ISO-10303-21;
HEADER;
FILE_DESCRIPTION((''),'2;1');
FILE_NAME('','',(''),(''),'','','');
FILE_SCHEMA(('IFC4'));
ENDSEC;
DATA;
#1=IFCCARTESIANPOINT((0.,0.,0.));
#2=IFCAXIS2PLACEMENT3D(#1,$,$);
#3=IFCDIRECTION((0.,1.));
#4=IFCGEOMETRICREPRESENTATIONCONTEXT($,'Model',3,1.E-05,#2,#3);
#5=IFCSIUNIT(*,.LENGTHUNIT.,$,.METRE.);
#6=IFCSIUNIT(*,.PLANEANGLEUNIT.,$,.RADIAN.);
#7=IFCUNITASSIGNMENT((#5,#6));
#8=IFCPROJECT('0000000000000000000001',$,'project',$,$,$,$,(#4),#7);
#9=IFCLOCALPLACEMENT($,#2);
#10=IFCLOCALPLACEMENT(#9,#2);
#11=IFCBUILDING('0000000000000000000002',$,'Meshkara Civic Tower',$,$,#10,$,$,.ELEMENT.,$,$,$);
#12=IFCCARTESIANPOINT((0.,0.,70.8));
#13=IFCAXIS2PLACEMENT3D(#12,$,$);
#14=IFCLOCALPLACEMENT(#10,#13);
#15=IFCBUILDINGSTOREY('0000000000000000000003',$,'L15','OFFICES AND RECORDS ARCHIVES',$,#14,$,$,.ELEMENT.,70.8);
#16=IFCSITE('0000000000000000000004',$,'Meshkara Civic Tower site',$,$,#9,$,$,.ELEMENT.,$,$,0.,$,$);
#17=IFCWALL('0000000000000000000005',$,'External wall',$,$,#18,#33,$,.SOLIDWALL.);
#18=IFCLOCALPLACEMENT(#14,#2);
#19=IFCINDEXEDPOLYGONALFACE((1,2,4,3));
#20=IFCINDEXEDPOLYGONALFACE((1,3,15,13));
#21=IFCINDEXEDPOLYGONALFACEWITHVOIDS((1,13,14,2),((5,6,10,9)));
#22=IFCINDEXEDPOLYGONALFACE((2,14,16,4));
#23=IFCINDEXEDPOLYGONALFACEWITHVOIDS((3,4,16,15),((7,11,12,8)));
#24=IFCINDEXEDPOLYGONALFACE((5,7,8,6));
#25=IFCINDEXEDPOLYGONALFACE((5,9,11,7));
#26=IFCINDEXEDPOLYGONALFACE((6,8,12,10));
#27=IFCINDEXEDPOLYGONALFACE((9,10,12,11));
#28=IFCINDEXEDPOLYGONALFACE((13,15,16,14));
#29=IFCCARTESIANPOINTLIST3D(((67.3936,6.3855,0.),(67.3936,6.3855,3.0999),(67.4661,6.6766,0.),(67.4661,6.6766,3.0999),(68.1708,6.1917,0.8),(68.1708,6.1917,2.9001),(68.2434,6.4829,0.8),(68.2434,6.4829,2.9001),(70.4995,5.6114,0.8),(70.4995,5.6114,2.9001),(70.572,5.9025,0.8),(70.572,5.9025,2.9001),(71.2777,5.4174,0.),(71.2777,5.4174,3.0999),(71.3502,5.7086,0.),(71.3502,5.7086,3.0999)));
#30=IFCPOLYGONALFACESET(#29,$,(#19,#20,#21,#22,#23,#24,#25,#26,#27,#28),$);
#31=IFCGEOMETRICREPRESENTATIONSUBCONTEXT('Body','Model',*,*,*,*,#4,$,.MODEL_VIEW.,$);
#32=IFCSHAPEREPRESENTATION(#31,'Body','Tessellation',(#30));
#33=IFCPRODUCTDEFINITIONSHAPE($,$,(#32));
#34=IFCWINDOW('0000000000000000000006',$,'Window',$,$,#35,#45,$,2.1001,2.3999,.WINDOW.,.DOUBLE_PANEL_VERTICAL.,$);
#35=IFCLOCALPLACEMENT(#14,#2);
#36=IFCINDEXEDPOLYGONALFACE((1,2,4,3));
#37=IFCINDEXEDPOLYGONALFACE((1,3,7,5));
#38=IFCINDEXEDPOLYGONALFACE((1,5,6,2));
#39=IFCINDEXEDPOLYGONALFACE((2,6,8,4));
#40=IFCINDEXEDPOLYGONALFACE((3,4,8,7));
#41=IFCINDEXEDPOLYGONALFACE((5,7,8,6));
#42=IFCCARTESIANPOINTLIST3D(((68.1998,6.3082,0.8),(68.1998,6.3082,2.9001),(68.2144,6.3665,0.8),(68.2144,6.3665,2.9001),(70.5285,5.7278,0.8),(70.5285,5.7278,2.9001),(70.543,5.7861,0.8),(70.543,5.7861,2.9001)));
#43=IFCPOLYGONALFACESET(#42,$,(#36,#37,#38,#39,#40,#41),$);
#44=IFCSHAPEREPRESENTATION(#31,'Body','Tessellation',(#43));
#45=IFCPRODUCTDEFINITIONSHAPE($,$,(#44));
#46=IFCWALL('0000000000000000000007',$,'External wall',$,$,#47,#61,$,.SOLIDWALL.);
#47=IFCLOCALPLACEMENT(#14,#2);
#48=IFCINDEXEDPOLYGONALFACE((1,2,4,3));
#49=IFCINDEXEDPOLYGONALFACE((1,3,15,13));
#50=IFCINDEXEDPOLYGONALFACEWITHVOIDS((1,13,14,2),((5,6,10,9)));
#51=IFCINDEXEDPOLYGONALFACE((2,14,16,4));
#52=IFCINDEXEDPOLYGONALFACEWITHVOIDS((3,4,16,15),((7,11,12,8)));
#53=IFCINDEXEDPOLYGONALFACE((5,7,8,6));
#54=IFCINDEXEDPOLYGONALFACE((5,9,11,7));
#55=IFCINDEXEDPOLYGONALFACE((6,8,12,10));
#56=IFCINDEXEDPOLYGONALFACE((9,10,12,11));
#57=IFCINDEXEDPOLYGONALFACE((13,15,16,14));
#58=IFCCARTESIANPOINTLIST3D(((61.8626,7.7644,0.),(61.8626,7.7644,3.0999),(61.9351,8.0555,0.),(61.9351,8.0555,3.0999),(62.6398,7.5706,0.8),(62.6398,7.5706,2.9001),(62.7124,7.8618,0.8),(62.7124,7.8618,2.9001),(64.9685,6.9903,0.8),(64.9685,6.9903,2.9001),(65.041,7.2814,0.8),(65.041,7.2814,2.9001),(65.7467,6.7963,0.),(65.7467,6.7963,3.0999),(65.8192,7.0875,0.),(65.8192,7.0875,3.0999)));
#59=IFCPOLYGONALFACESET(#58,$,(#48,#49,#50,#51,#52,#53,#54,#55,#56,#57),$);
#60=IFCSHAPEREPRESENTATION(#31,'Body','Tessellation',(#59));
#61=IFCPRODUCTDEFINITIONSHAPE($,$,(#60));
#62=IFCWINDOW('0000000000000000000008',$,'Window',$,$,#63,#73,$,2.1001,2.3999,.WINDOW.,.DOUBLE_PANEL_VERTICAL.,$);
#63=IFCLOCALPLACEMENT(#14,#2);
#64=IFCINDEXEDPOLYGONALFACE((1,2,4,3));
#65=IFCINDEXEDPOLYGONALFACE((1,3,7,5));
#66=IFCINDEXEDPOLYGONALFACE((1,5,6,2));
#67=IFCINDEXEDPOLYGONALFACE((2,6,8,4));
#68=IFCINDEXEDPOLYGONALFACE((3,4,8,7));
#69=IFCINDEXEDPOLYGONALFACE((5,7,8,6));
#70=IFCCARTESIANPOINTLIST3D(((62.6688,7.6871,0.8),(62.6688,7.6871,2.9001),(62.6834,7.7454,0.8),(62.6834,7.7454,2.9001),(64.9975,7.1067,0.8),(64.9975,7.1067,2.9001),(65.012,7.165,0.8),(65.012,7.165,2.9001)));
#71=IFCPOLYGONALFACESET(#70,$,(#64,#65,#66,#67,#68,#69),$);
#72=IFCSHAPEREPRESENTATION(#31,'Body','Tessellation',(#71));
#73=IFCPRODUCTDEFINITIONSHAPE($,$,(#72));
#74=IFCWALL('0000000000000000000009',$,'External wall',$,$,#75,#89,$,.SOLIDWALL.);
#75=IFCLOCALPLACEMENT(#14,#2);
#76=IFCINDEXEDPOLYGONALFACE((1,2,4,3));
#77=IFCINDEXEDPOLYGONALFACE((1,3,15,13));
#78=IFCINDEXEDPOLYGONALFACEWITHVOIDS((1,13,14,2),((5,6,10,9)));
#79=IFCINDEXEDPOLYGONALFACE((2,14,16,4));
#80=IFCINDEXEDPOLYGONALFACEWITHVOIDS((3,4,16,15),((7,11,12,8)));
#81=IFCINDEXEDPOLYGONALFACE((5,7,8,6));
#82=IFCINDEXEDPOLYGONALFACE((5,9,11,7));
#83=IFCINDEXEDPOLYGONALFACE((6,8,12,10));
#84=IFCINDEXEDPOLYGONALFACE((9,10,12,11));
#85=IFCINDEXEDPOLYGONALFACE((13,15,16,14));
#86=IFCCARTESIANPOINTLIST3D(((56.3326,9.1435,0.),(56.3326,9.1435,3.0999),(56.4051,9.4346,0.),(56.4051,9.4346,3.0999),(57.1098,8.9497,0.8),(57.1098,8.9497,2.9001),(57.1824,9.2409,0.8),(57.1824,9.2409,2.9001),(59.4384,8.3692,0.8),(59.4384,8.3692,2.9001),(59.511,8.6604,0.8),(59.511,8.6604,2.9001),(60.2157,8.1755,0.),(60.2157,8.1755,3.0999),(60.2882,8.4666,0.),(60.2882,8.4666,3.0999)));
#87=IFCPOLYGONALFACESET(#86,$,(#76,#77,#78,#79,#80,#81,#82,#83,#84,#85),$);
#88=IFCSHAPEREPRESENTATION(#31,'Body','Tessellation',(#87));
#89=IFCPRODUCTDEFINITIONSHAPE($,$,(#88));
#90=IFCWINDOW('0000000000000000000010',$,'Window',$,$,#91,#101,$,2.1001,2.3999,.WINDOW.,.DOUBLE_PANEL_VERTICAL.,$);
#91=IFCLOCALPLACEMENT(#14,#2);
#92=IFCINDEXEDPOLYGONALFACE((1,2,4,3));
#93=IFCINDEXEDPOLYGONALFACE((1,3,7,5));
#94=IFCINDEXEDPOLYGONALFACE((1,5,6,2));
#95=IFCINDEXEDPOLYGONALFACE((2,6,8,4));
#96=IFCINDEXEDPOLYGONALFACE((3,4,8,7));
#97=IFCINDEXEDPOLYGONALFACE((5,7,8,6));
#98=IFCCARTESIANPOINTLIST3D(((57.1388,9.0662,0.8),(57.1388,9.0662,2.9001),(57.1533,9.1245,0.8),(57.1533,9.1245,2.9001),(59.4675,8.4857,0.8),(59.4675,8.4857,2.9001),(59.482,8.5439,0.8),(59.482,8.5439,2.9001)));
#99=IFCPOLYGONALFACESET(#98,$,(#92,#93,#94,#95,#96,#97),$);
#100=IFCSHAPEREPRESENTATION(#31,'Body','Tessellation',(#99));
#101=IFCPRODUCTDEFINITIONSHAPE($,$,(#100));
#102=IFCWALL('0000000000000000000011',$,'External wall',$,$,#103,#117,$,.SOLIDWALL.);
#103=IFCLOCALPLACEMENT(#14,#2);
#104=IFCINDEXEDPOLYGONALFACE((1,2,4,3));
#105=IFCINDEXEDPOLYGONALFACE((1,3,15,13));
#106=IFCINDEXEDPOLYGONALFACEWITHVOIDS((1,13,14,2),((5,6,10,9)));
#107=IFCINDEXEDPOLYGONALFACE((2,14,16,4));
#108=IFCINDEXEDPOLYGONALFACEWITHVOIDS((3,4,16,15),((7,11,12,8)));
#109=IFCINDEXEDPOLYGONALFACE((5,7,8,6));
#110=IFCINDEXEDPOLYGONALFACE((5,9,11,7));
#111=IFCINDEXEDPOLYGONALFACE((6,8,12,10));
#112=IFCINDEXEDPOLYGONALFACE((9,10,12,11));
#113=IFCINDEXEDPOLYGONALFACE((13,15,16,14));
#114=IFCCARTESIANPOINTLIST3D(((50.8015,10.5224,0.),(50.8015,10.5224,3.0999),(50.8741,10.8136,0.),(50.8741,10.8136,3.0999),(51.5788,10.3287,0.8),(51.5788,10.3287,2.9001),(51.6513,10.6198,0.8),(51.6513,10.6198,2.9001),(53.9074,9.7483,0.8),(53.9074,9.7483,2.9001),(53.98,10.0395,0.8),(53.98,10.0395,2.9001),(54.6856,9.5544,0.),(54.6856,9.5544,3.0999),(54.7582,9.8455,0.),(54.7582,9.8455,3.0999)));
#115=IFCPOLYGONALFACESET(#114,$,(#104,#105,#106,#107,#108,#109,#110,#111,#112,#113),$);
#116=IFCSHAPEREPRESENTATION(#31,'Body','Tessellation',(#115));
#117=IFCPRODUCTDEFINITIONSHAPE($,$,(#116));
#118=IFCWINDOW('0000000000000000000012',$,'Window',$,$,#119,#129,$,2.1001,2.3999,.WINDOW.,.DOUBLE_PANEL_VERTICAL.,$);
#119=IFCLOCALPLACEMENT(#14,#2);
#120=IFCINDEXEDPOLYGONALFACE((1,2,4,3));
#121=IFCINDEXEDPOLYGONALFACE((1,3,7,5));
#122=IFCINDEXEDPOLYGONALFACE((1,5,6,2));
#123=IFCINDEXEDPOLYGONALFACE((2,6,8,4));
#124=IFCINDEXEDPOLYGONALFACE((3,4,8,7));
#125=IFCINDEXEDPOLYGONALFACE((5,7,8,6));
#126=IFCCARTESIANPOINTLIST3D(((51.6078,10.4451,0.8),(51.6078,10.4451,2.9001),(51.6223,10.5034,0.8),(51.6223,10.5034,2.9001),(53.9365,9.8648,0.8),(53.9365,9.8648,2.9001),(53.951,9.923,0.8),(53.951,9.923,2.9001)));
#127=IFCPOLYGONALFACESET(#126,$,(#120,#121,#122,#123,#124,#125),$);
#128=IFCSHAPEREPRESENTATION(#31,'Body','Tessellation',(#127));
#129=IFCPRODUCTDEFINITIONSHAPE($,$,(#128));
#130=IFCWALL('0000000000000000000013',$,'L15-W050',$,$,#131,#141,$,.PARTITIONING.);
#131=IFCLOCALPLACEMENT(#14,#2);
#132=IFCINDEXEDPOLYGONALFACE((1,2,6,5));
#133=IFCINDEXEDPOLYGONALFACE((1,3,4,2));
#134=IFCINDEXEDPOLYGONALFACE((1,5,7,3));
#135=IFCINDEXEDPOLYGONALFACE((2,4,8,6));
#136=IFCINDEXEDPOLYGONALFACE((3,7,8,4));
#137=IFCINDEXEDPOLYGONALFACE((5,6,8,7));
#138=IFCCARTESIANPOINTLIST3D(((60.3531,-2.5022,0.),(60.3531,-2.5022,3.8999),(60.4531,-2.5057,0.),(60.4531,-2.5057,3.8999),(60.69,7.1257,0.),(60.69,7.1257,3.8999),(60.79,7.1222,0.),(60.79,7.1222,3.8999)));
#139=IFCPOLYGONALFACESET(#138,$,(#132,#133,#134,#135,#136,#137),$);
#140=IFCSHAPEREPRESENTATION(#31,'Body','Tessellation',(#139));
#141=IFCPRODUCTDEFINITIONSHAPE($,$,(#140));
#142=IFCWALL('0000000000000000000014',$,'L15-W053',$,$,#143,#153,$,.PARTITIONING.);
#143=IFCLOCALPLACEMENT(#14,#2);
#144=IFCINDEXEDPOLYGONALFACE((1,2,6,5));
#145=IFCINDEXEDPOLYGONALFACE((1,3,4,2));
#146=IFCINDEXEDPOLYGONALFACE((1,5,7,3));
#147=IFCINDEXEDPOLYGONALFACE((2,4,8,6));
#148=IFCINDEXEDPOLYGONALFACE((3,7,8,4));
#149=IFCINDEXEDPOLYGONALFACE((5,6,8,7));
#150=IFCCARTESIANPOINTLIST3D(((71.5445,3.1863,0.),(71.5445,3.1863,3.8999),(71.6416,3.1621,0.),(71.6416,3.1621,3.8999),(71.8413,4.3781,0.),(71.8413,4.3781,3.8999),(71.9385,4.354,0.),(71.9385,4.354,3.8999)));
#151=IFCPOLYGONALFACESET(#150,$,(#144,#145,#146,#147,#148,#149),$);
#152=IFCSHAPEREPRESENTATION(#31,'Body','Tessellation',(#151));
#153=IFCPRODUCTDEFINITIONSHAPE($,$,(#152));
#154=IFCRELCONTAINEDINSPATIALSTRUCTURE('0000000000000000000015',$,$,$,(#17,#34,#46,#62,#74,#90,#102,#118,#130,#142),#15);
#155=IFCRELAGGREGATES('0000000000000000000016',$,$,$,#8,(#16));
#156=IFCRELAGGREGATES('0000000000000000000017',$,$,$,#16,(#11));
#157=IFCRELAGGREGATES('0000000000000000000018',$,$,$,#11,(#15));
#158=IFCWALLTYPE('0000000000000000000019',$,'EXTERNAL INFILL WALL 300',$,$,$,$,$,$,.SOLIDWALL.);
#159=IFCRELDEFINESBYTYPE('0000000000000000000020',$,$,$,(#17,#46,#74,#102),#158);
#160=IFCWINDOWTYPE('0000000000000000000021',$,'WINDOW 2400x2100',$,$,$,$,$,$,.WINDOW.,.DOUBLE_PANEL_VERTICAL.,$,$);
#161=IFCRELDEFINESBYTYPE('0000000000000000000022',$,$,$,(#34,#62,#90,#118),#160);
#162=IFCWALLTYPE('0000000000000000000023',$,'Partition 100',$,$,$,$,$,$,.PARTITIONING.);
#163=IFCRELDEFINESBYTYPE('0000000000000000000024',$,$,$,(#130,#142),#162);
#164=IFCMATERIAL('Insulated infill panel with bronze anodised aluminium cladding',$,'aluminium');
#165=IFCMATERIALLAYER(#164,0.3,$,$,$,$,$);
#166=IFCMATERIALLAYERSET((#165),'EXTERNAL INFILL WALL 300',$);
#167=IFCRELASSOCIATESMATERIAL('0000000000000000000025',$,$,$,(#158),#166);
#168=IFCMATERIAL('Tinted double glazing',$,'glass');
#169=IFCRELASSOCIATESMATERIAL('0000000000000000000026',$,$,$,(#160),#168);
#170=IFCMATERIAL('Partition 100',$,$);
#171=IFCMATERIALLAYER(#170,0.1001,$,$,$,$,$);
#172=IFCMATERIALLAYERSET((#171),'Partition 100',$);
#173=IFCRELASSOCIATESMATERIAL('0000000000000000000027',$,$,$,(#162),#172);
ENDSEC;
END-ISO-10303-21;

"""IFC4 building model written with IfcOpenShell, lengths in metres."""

from ifc_helpers import new_model, si_unit, direction, frame, frame_2d, origin, place, context, subcontext, project, spatial, rectangle, extrude, material, layer, layer_set, type_object, element, fill, save


model = new_model("IFC4")

# Units and contexts
model_context = context("Model", 3, precision=1e-05, world=origin(), true_north=direction((0.0, 1.0)))
body_context = subcontext(model_context, "Body", "Model", "MODEL_VIEW")
ifc_project = project(units=[si_unit("LENGTHUNIT", "METRE"), si_unit("PLANEANGLEUNIT", "RADIAN")], contexts=[model_context])

# Site, building, storey
site_placement = place(None, origin())
site = spatial("IfcSite", under=ifc_project, at=site_placement, Name="Meshkara Civic Tower site", CompositionType="ELEMENT", RefElevation=0.0)
building_placement = place(site_placement, origin())
building = spatial("IfcBuilding", under=site, at=building_placement, Name="Meshkara Civic Tower", CompositionType="ELEMENT")
storey_placement = place(building_placement, frame((0.0, 0.0, 70.8)))
storey = spatial("IfcBuildingStorey", under=building, at=storey_placement, Name="L15", Description="OFFICES AND RECORDS ARCHIVES", CompositionType="ELEMENT", Elevation=70.8)

# Walls, openings, windows
ifc_material_1 = material(Name="Insulated infill panel with bronze anodised aluminium cladding", Category="aluminium")
ifc_layer_1 = layer(ifc_material_1, 0.3)
ifc_layer_set_1 = layer_set([ifc_layer_1], Name="EXTERNAL INFILL WALL 300")
wall_type_1 = type_object("IfcWallType", Name="EXTERNAL INFILL WALL 300", PredefinedType="SOLIDWALL", material=ifc_layer_set_1)
wall_1_placement = place(storey_placement, frame((71.314, 5.563, 0.0), z_axis=(0.0, 0.0, 1.0), x_axis=(-0.970318, 0.241832, 0.0)))
wall_1 = element("IfcWall", 1, at=wall_1_placement, inside=storey, type_object=wall_type_1, Name="External wall", PredefinedType="SOLIDWALL", context=body_context, shape_type="SweptSolid", body=[
    extrude(rectangle(XDim=4.0029, YDim=0.3, at=frame_2d((2.0015, 0.0))), origin(), (0.0, 0.0, 1.0), 3.0999),
])
opening_1_placement = place(wall_1_placement, frame((0.802, 0.0, 0.8)))
opening_1 = element("IfcOpeningElement", 2, at=opening_1_placement, cuts=wall_1, PredefinedType="OPENING", context=body_context, shape_type="SweptSolid", body=[
    extrude(rectangle(XDim=2.3999, YDim=2.1001, at=frame_2d((1.2, 1.05))), frame((0.0, 0.1599, 0.0), z_axis=(0.0, -1.0, 0.0), x_axis=(1.0, 0.0, 0.0)), (0.0, 0.0, 1.0), 0.3201),
])
ifc_material_2 = material(Name="Tinted double glazing", Category="glass")
window_type = type_object("IfcWindowType", Name="WINDOW 2400x2100", PartitioningType="DOUBLE_PANEL_VERTICAL", PredefinedType="WINDOW", material=ifc_material_2)
window_1_placement = place(opening_1_placement, origin())
window_1 = element("IfcWindow", 3, at=window_1_placement, inside=storey, type_object=window_type, Name="Window", OverallHeight=2.1001, OverallWidth=2.3999, PartitioningType="DOUBLE_PANEL_VERTICAL", PredefinedType="WINDOW", context=body_context, shape_type="SweptSolid", body=[
    extrude(rectangle(XDim=2.3999, YDim=2.1001, at=frame_2d((1.2, 1.05))), frame((0.0, 0.03, 0.0), z_axis=(0.0, -1.0, 0.0), x_axis=(1.0, 0.0, 0.0)), (0.0, 0.0, 1.0), 0.0601),
])
fill(opening_1, window_1)
wall_2_placement = place(storey_placement, frame((65.783, 6.9419, 0.0), z_axis=(0.0, 0.0, 1.0), x_axis=(-0.970318, 0.241832, 0.0)))
wall_2 = element("IfcWall", 4, at=wall_2_placement, inside=storey, type_object=wall_type_1, Name="External wall", PredefinedType="SOLIDWALL", context=body_context, shape_type="SweptSolid", body=[
    extrude(rectangle(XDim=4.0029, YDim=0.3, at=frame_2d((2.0015, 0.0))), origin(), (0.0, 0.0, 1.0), 3.0999),
])
opening_2_placement = place(wall_2_placement, frame((0.802, 0.0, 0.8)))
opening_2 = element("IfcOpeningElement", 5, at=opening_2_placement, cuts=wall_2, PredefinedType="OPENING", context=body_context, shape_type="SweptSolid", body=[
    extrude(rectangle(XDim=2.3999, YDim=2.1001, at=frame_2d((1.2, 1.05))), frame((0.0, 0.1599, 0.0), z_axis=(0.0, -1.0, 0.0), x_axis=(1.0, 0.0, 0.0)), (0.0, 0.0, 1.0), 0.3201),
])
window_2_placement = place(opening_2_placement, origin())
window_2 = element("IfcWindow", 6, at=window_2_placement, inside=storey, type_object=window_type, Name="Window", OverallHeight=2.1001, OverallWidth=2.3999, PartitioningType="DOUBLE_PANEL_VERTICAL", PredefinedType="WINDOW", context=body_context, shape_type="SweptSolid", body=[
    extrude(rectangle(XDim=2.3999, YDim=2.1001, at=frame_2d((1.2, 1.05))), frame((0.0, 0.03, 0.0), z_axis=(0.0, -1.0, 0.0), x_axis=(1.0, 0.0, 0.0)), (0.0, 0.0, 1.0), 0.0601),
])
fill(opening_2, window_2)
wall_3_placement = place(storey_placement, frame((60.252, 8.321, 0.0), z_axis=(0.0, 0.0, 1.0), x_axis=(-0.970304, 0.24189, 0.0)))
wall_3 = element("IfcWall", 7, at=wall_3_placement, inside=storey, type_object=wall_type_1, Name="External wall", PredefinedType="SOLIDWALL", context=body_context, shape_type="SweptSolid", body=[
    extrude(rectangle(XDim=4.002, YDim=0.3, at=frame_2d((2.001, 0.0))), origin(), (0.0, 0.0, 1.0), 3.0999),
])
opening_3_placement = place(wall_3_placement, frame((0.801, 0.0, 0.8)))
opening_3 = element("IfcOpeningElement", 8, at=opening_3_placement, cuts=wall_3, PredefinedType="OPENING", context=body_context, shape_type="SweptSolid", body=[
    extrude(rectangle(XDim=2.3999, YDim=2.1001, at=frame_2d((1.2, 1.05))), frame((0.0, 0.1599, 0.0), z_axis=(0.0, -1.0, 0.0), x_axis=(1.0, 0.0, 0.0)), (0.0, 0.0, 1.0), 0.3201),
])
window_3_placement = place(opening_3_placement, origin())
window_3 = element("IfcWindow", 9, at=window_3_placement, inside=storey, type_object=window_type, Name="Window", OverallHeight=2.1001, OverallWidth=2.3999, PartitioningType="DOUBLE_PANEL_VERTICAL", PredefinedType="WINDOW", context=body_context, shape_type="SweptSolid", body=[
    extrude(rectangle(XDim=2.3999, YDim=2.1001, at=frame_2d((1.2, 1.05))), frame((0.0, 0.03, 0.0), z_axis=(0.0, -1.0, 0.0), x_axis=(1.0, 0.0, 0.0)), (0.0, 0.0, 1.0), 0.0601),
])
fill(opening_3, window_3)
wall_4_placement = place(storey_placement, frame((54.7219, 9.7, 0.0), z_axis=(0.0, 0.0, 1.0), x_axis=(-0.970318, 0.241832, 0.0)))
wall_4 = element("IfcWall", 10, at=wall_4_placement, inside=storey, type_object=wall_type_1, Name="External wall", PredefinedType="SOLIDWALL", context=body_context, shape_type="SweptSolid", body=[
    extrude(rectangle(XDim=4.0029, YDim=0.3, at=frame_2d((2.0015, 0.0))), origin(), (0.0, 0.0, 1.0), 3.0999),
])
opening_4_placement = place(wall_4_placement, frame((0.802, 0.0, 0.8)))
opening_4 = element("IfcOpeningElement", 11, at=opening_4_placement, cuts=wall_4, PredefinedType="OPENING", context=body_context, shape_type="SweptSolid", body=[
    extrude(rectangle(XDim=2.3999, YDim=2.1001, at=frame_2d((1.2, 1.05))), frame((0.0, 0.1599, 0.0), z_axis=(0.0, -1.0, 0.0), x_axis=(1.0, 0.0, 0.0)), (0.0, 0.0, 1.0), 0.3201),
])
window_4_placement = place(opening_4_placement, origin())
window_4 = element("IfcWindow", 12, at=window_4_placement, inside=storey, type_object=window_type, Name="Window", OverallHeight=2.1001, OverallWidth=2.3999, PartitioningType="DOUBLE_PANEL_VERTICAL", PredefinedType="WINDOW", context=body_context, shape_type="SweptSolid", body=[
    extrude(rectangle(XDim=2.3999, YDim=2.1001, at=frame_2d((1.2, 1.05))), frame((0.0, 0.03, 0.0), z_axis=(0.0, -1.0, 0.0), x_axis=(1.0, 0.0, 0.0)), (0.0, 0.0, 1.0), 0.0601),
])
fill(opening_4, window_4)

# Walls
ifc_material_3 = material(Name="Partition 100")
ifc_layer_2 = layer(ifc_material_3, 0.1001)
ifc_layer_set_2 = layer_set([ifc_layer_2], Name="Partition 100")
wall_type_2 = type_object("IfcWallType", Name="Partition 100", PredefinedType="PARTITIONING", material=ifc_layer_set_2)
wall_5_placement = place(storey_placement, frame((60.4031, -2.5039, 0.0), z_axis=(0.0, 0.0, 1.0), x_axis=(0.034972, 0.999388, 0.0)))
element("IfcWall", 13, at=wall_5_placement, inside=storey, type_object=wall_type_2, Name="L15-W050", PredefinedType="PARTITIONING", context=body_context, shape_type="SweptSolid", body=[
    extrude(rectangle(XDim=9.6338, YDim=0.1001, at=frame_2d((4.8169, 0.0))), origin(), (0.0, 0.0, 1.0), 3.8999),
])
wall_6_placement = place(storey_placement, frame((71.593, 3.1741, 0.0), z_axis=(0.0, 0.0, 1.0), x_axis=(0.241694, 0.970353, 0.0)))
element("IfcWall", 14, at=wall_6_placement, inside=storey, type_object=wall_type_2, Name="L15-W053", PredefinedType="PARTITIONING", context=body_context, shape_type="SweptSolid", body=[
    extrude(rectangle(XDim=1.2283, YDim=0.1001, at=frame_2d((0.6143, 0.0))), origin(), (0.0, 0.0, 1.0), 3.8999),
])

save(model, "model.ifc")
